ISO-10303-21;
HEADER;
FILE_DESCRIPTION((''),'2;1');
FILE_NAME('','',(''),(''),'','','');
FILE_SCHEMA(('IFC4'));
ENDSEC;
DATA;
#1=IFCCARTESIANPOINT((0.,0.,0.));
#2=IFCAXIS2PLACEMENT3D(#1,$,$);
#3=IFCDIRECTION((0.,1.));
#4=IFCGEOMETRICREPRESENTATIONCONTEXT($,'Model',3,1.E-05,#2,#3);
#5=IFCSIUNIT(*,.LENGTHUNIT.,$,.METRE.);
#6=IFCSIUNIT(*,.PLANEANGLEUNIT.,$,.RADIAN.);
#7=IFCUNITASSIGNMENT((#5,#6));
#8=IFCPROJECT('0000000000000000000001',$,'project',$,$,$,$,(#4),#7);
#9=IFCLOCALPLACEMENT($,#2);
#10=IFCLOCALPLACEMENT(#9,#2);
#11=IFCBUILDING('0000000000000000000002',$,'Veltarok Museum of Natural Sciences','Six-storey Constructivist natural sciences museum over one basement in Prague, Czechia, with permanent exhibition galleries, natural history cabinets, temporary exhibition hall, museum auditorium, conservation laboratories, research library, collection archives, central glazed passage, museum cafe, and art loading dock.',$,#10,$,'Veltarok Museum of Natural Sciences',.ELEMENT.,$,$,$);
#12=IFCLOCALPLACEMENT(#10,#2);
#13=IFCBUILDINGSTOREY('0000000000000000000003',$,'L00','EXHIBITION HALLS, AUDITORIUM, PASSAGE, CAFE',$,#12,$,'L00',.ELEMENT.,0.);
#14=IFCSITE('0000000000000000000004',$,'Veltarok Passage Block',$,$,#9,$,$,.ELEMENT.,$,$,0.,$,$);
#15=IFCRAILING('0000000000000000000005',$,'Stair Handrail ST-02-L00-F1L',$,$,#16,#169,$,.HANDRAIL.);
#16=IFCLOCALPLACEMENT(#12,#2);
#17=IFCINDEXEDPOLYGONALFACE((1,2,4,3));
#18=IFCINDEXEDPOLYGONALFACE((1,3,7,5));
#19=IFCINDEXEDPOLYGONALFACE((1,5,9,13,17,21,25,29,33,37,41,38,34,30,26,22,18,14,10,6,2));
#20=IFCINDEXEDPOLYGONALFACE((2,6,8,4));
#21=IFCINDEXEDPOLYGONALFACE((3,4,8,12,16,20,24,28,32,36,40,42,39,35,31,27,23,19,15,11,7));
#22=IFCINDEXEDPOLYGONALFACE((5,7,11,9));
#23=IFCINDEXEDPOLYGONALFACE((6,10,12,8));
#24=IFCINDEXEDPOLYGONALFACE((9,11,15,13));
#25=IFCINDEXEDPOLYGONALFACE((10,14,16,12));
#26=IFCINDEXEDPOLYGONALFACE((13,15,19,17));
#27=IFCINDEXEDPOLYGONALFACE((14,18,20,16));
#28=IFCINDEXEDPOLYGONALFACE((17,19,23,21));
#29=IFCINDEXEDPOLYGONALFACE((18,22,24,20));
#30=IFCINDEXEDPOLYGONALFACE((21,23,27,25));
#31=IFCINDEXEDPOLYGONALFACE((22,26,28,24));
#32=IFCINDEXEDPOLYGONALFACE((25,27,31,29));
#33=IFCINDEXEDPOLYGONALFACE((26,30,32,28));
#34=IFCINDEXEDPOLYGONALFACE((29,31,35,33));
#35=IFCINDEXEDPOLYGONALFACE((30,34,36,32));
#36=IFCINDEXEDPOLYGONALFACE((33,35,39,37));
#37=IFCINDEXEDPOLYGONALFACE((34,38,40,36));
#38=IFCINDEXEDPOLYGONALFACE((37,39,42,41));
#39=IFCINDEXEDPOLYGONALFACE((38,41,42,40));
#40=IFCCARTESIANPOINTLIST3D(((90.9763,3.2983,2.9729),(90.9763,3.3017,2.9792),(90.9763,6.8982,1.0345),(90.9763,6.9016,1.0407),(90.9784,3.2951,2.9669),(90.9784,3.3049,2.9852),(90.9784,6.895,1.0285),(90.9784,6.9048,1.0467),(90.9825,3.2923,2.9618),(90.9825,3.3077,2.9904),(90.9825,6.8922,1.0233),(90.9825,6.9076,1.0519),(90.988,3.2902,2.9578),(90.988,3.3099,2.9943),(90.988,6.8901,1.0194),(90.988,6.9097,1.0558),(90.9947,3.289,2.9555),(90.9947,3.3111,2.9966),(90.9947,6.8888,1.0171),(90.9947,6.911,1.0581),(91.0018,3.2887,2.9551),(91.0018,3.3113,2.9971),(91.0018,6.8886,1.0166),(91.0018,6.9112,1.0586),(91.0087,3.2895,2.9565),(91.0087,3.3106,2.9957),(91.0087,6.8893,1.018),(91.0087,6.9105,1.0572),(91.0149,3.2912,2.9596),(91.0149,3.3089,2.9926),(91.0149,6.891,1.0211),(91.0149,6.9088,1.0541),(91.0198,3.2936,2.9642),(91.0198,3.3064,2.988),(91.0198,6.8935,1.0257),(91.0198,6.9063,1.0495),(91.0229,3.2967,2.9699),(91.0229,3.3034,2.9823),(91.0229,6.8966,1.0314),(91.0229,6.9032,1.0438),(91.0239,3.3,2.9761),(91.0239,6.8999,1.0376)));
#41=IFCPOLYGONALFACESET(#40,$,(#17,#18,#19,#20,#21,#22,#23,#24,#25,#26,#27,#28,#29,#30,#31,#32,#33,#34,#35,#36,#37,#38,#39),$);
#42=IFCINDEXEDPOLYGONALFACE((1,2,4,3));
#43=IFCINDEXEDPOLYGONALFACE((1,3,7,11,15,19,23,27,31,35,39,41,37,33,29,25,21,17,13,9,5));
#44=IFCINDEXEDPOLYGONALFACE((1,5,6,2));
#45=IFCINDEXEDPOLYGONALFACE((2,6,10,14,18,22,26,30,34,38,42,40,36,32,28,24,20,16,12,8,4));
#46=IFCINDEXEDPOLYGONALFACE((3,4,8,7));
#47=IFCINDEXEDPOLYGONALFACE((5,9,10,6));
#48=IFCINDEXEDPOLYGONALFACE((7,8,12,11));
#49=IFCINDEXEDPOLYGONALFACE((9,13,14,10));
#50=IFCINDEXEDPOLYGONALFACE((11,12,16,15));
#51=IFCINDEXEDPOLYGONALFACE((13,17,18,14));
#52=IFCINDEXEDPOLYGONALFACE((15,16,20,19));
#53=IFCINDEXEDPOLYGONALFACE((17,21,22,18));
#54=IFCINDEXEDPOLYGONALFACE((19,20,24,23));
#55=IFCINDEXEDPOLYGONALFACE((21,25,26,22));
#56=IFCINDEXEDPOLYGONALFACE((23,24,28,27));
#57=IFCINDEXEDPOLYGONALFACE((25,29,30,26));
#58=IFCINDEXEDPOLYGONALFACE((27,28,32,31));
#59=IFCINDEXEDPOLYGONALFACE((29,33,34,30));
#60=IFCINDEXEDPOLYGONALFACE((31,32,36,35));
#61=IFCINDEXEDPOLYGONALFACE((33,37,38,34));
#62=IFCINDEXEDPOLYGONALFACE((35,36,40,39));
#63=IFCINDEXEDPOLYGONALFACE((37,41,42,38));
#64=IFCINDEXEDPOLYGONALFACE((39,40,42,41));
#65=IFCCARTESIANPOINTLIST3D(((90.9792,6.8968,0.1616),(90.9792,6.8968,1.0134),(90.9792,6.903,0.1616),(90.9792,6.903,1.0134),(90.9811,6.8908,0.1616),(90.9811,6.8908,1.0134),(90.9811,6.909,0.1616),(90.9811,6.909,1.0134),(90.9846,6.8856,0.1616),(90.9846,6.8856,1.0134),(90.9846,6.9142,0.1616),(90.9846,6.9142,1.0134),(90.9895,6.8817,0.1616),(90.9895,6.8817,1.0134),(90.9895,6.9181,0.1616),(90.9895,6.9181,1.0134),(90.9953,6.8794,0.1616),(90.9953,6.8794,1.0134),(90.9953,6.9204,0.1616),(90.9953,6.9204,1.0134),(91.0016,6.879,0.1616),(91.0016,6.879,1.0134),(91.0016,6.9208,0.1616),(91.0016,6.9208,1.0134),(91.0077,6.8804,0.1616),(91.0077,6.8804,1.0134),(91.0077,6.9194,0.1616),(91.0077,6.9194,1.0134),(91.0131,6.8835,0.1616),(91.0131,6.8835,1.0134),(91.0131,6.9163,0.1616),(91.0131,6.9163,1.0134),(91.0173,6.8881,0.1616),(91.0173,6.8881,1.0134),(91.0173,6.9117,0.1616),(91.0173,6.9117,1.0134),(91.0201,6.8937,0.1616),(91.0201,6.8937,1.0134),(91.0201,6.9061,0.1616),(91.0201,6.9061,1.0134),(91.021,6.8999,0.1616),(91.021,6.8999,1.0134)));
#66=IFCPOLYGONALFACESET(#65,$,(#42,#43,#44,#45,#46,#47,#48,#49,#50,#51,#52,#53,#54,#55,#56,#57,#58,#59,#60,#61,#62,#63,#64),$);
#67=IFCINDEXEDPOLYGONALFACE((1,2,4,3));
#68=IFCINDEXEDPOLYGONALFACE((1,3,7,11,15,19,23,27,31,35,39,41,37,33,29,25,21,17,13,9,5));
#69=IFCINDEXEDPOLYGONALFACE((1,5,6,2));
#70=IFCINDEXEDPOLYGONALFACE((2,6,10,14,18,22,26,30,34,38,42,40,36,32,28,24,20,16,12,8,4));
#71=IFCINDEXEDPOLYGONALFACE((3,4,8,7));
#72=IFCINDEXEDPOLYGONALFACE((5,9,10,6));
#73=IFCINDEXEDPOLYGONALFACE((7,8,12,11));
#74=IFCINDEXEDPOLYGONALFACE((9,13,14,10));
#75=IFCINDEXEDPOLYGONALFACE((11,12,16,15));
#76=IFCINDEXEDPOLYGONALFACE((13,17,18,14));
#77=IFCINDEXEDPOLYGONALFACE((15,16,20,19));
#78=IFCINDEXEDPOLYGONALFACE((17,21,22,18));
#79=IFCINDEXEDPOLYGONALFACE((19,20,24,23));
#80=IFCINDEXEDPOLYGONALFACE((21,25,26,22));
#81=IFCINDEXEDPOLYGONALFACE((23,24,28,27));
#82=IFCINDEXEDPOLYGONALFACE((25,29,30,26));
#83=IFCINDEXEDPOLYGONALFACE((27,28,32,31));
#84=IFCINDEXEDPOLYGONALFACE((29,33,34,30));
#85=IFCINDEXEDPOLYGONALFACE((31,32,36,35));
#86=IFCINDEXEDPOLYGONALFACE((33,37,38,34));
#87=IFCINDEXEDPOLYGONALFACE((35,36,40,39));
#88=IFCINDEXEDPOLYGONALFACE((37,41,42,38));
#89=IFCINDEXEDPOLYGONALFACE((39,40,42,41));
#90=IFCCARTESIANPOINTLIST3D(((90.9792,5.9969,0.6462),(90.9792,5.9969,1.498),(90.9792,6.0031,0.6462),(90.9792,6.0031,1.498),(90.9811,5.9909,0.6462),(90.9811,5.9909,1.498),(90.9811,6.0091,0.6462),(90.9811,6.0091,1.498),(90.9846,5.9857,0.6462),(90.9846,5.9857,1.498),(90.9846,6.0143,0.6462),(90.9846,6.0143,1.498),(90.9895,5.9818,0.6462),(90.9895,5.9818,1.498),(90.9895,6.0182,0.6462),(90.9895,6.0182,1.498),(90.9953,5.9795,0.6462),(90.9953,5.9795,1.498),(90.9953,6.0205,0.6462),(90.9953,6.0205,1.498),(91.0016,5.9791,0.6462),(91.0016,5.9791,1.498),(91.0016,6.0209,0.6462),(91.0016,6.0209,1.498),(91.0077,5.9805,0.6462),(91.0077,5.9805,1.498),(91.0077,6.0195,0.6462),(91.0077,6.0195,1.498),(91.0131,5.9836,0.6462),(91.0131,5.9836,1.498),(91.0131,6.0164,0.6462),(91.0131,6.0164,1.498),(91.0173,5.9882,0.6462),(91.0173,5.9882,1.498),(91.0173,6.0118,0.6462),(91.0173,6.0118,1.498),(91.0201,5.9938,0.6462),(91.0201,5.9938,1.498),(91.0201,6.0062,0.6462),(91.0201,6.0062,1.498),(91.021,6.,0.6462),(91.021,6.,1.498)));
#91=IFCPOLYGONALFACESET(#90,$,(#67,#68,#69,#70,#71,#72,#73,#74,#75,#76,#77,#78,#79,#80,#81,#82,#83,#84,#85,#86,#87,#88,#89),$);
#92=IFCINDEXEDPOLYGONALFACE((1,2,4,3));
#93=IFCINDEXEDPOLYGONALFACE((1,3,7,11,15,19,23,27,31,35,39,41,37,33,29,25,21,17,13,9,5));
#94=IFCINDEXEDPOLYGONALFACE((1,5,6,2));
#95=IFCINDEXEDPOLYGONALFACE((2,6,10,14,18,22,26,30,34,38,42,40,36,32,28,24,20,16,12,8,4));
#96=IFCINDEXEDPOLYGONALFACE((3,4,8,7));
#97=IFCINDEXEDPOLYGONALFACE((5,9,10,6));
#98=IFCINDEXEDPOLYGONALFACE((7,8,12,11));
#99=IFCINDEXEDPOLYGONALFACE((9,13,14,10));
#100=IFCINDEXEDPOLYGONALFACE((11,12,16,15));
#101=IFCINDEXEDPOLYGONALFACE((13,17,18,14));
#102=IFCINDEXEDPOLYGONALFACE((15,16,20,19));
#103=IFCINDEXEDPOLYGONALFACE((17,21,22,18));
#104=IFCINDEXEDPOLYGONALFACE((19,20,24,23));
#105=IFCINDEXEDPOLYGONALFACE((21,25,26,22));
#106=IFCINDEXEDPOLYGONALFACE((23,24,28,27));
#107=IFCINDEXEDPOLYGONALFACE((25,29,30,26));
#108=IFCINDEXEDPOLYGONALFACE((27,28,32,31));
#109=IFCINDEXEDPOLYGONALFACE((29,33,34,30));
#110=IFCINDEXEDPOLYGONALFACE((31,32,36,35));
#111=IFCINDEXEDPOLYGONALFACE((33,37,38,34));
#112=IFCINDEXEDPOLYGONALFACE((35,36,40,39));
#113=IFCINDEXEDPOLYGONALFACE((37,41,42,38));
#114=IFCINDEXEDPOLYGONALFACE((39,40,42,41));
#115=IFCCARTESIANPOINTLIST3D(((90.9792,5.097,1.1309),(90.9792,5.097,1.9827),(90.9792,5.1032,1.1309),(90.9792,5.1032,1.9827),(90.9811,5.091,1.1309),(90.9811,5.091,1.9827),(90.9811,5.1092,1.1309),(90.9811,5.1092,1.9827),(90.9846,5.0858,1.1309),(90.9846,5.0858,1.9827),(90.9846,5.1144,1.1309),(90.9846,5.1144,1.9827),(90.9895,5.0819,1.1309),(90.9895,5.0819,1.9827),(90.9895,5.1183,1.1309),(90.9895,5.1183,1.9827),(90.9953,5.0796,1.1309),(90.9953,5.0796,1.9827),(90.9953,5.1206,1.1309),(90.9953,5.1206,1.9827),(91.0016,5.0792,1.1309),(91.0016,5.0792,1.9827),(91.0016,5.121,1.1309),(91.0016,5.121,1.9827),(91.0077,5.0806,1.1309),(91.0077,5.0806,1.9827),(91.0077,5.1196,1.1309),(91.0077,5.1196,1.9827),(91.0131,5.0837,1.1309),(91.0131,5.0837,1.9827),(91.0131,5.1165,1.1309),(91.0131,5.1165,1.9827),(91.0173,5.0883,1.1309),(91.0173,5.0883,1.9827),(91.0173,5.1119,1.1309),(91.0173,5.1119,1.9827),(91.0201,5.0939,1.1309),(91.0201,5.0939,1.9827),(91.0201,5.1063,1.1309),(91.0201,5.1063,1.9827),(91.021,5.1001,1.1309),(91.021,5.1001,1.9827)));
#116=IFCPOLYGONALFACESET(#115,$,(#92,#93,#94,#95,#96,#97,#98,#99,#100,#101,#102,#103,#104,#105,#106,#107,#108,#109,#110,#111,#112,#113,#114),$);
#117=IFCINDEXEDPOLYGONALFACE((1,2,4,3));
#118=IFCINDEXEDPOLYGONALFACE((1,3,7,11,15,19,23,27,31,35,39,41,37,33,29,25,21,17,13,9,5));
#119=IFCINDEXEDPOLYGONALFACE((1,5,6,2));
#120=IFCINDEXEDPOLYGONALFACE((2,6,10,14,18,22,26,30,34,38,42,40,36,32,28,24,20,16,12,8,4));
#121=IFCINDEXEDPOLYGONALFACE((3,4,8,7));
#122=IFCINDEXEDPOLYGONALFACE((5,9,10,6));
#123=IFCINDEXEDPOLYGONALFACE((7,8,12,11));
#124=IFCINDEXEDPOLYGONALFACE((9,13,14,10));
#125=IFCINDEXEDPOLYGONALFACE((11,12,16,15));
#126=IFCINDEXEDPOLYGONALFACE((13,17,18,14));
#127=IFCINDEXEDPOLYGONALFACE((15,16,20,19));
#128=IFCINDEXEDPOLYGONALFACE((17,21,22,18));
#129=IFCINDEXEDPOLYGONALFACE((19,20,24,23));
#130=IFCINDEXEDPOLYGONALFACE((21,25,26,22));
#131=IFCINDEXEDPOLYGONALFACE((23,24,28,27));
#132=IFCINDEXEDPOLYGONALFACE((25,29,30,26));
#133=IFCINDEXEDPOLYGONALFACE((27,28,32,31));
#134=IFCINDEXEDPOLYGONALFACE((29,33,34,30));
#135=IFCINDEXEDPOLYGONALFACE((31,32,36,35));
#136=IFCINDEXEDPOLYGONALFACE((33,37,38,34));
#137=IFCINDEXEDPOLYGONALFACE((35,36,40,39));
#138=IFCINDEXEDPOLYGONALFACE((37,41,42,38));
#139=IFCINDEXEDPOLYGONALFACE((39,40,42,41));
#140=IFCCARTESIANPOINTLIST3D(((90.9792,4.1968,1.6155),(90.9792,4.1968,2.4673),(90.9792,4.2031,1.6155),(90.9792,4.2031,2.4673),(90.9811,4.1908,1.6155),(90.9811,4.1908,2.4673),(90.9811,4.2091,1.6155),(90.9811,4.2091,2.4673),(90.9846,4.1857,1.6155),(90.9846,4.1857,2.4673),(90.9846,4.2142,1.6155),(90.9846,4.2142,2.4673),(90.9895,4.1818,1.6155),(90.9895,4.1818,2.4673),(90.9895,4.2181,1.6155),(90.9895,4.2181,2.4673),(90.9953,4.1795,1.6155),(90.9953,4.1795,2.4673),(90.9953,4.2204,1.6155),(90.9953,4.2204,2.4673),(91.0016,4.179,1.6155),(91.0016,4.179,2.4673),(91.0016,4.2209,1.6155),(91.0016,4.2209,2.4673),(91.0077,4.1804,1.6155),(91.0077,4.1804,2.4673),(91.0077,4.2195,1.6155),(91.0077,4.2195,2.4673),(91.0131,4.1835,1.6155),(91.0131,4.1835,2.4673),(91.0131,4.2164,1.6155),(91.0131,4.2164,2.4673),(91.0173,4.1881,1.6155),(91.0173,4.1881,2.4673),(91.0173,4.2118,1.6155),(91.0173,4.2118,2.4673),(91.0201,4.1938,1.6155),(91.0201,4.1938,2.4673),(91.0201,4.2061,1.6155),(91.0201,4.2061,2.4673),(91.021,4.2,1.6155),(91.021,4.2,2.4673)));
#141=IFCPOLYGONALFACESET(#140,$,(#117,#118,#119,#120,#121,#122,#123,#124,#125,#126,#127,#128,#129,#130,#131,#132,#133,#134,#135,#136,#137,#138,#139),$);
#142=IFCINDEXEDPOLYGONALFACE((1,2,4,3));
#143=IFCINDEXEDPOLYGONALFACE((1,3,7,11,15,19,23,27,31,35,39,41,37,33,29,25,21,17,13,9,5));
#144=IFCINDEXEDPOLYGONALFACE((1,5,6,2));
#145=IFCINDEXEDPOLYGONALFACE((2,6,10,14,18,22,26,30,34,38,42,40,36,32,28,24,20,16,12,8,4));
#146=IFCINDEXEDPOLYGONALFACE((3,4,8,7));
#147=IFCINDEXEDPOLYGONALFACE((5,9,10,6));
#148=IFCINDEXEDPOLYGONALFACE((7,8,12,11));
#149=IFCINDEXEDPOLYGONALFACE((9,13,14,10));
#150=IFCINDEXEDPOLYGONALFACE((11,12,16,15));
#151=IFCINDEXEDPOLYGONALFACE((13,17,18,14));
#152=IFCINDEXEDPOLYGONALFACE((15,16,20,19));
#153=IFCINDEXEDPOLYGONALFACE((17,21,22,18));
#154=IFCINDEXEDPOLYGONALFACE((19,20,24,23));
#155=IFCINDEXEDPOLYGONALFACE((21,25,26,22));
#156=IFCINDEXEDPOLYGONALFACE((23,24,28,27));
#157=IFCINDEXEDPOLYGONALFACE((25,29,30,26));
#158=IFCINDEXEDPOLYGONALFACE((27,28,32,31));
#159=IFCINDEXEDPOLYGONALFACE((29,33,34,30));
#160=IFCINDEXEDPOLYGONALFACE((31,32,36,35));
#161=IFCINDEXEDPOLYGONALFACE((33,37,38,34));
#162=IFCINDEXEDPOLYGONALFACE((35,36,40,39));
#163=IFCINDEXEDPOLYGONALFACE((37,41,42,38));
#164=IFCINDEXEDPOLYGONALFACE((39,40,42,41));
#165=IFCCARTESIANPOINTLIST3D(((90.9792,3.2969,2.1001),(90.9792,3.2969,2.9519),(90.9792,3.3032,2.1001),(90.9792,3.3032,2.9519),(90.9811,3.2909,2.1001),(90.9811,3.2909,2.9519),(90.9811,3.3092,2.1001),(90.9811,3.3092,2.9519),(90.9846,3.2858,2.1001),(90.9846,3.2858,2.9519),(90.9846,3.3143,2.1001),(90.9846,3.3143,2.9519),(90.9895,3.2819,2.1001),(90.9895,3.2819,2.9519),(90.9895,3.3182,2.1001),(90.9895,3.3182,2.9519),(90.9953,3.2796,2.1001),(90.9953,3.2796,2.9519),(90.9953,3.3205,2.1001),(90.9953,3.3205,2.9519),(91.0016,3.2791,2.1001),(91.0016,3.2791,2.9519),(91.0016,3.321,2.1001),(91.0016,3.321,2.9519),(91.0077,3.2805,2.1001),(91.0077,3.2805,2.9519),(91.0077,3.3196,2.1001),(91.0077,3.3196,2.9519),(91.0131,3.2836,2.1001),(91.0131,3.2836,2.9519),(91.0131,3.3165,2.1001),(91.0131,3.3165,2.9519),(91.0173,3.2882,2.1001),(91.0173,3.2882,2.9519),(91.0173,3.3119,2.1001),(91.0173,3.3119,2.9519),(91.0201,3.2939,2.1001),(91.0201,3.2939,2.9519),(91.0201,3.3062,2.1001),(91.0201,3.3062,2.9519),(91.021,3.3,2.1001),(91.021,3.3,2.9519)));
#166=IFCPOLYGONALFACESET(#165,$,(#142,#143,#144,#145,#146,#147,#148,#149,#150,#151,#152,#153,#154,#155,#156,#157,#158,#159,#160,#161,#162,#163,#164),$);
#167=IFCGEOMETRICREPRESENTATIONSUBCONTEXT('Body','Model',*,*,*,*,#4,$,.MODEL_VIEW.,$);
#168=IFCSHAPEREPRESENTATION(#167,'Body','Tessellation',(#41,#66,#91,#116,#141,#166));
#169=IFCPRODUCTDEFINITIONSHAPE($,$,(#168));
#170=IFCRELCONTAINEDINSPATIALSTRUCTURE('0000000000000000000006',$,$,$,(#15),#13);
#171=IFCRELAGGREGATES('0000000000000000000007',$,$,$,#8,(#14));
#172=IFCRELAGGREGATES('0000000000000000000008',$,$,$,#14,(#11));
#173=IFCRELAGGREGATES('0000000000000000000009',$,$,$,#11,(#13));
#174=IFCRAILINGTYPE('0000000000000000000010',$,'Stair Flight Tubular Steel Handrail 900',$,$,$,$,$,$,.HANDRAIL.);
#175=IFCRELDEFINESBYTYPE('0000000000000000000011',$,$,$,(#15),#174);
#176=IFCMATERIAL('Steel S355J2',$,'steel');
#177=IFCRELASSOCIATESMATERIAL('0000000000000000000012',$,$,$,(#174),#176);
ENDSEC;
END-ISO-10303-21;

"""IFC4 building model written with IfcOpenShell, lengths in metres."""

from ifc_helpers import new_model, si_unit, direction, frame, origin, origin_2d, place, context, subcontext, project, spatial, circle, extrude, material, type_object, element, save


model = new_model("IFC4")

# Units and contexts
model_context = context("Model", 3, precision=1e-05, world=origin(), true_north=direction((0.0, 1.0)))
body_context = subcontext(model_context, "Body", "Model", "MODEL_VIEW")
ifc_project = project(units=[si_unit("LENGTHUNIT", "METRE"), si_unit("PLANEANGLEUNIT", "RADIAN")], contexts=[model_context])

# Site, building, storey
site_placement = place(None, origin())
site = spatial("IfcSite", under=ifc_project, at=site_placement, Name="Veltarok Passage Block", CompositionType="ELEMENT", RefElevation=0.0)
building_placement = place(site_placement, origin())
building = spatial("IfcBuilding", under=site, at=building_placement, Name="Veltarok Museum of Natural Sciences", Description="Six-storey Constructivist natural sciences museum over one basement in Prague, Czechia, with permanent exhibition galleries, natural history cabinets, temporary exhibition hall, museum auditorium, conservation laboratories, research library, collection archives, central glazed passage, museum cafe, and art loading dock.", LongName="Veltarok Museum of Natural Sciences", CompositionType="ELEMENT")
storey_placement = place(building_placement, origin())
storey = spatial("IfcBuildingStorey", under=building, at=storey_placement, Name="L00", Description="EXHIBITION HALLS, AUDITORIUM, PASSAGE, CAFE", LongName="L00", CompositionType="ELEMENT", Elevation=0.0)

# Shared definitions
ifc_material_1 = material(Name="Steel S355J2", Category="steel")

# Railing
railing_type = type_object("IfcRailingType", Name="Stair Flight Tubular Steel Handrail 900", PredefinedType="HANDRAIL", material=ifc_material_1)
for number, where, name in (
    (1, (91.0, 6.8999, 0.1616), "Stair Handrail ST-02-L00-F1L"),
):
    element("IfcRailing", number, at=place(storey_placement, frame(where)), inside=storey, type_object=railing_type, Name=name, PredefinedType="HANDRAIL", context=body_context, shape_type="SweptSolid", body=[
        extrude(circle(Radius=0.0239, at=origin_2d()), frame((0.0, 0.0, 0.876), z_axis=(0.0, -0.880462, 0.474118), x_axis=(1.0, 0.0, 0.0)), (0.0, 0.0, 1.0), 4.0886),
        extrude(circle(Radius=0.021, at=origin_2d()), origin(), (0.0, 0.0, 1.0), 0.8518),
        extrude(circle(Radius=0.021, at=origin_2d()), frame((0.0, -0.8999, 0.4846)), (0.0, 0.0, 1.0), 0.8518),
        extrude(circle(Radius=0.021, at=origin_2d()), frame((0.0, -1.7998, 0.9692)), (0.0, 0.0, 1.0), 0.8518),
        extrude(circle(Radius=0.021, at=origin_2d()), frame((0.0, -2.7, 1.4539)), (0.0, 0.0, 1.0), 0.8518),
        extrude(circle(Radius=0.021, at=origin_2d()), frame((0.0, -3.5999, 1.9385)), (0.0, 0.0, 1.0), 0.8518),
    ])

save(model, "model.ifc")
